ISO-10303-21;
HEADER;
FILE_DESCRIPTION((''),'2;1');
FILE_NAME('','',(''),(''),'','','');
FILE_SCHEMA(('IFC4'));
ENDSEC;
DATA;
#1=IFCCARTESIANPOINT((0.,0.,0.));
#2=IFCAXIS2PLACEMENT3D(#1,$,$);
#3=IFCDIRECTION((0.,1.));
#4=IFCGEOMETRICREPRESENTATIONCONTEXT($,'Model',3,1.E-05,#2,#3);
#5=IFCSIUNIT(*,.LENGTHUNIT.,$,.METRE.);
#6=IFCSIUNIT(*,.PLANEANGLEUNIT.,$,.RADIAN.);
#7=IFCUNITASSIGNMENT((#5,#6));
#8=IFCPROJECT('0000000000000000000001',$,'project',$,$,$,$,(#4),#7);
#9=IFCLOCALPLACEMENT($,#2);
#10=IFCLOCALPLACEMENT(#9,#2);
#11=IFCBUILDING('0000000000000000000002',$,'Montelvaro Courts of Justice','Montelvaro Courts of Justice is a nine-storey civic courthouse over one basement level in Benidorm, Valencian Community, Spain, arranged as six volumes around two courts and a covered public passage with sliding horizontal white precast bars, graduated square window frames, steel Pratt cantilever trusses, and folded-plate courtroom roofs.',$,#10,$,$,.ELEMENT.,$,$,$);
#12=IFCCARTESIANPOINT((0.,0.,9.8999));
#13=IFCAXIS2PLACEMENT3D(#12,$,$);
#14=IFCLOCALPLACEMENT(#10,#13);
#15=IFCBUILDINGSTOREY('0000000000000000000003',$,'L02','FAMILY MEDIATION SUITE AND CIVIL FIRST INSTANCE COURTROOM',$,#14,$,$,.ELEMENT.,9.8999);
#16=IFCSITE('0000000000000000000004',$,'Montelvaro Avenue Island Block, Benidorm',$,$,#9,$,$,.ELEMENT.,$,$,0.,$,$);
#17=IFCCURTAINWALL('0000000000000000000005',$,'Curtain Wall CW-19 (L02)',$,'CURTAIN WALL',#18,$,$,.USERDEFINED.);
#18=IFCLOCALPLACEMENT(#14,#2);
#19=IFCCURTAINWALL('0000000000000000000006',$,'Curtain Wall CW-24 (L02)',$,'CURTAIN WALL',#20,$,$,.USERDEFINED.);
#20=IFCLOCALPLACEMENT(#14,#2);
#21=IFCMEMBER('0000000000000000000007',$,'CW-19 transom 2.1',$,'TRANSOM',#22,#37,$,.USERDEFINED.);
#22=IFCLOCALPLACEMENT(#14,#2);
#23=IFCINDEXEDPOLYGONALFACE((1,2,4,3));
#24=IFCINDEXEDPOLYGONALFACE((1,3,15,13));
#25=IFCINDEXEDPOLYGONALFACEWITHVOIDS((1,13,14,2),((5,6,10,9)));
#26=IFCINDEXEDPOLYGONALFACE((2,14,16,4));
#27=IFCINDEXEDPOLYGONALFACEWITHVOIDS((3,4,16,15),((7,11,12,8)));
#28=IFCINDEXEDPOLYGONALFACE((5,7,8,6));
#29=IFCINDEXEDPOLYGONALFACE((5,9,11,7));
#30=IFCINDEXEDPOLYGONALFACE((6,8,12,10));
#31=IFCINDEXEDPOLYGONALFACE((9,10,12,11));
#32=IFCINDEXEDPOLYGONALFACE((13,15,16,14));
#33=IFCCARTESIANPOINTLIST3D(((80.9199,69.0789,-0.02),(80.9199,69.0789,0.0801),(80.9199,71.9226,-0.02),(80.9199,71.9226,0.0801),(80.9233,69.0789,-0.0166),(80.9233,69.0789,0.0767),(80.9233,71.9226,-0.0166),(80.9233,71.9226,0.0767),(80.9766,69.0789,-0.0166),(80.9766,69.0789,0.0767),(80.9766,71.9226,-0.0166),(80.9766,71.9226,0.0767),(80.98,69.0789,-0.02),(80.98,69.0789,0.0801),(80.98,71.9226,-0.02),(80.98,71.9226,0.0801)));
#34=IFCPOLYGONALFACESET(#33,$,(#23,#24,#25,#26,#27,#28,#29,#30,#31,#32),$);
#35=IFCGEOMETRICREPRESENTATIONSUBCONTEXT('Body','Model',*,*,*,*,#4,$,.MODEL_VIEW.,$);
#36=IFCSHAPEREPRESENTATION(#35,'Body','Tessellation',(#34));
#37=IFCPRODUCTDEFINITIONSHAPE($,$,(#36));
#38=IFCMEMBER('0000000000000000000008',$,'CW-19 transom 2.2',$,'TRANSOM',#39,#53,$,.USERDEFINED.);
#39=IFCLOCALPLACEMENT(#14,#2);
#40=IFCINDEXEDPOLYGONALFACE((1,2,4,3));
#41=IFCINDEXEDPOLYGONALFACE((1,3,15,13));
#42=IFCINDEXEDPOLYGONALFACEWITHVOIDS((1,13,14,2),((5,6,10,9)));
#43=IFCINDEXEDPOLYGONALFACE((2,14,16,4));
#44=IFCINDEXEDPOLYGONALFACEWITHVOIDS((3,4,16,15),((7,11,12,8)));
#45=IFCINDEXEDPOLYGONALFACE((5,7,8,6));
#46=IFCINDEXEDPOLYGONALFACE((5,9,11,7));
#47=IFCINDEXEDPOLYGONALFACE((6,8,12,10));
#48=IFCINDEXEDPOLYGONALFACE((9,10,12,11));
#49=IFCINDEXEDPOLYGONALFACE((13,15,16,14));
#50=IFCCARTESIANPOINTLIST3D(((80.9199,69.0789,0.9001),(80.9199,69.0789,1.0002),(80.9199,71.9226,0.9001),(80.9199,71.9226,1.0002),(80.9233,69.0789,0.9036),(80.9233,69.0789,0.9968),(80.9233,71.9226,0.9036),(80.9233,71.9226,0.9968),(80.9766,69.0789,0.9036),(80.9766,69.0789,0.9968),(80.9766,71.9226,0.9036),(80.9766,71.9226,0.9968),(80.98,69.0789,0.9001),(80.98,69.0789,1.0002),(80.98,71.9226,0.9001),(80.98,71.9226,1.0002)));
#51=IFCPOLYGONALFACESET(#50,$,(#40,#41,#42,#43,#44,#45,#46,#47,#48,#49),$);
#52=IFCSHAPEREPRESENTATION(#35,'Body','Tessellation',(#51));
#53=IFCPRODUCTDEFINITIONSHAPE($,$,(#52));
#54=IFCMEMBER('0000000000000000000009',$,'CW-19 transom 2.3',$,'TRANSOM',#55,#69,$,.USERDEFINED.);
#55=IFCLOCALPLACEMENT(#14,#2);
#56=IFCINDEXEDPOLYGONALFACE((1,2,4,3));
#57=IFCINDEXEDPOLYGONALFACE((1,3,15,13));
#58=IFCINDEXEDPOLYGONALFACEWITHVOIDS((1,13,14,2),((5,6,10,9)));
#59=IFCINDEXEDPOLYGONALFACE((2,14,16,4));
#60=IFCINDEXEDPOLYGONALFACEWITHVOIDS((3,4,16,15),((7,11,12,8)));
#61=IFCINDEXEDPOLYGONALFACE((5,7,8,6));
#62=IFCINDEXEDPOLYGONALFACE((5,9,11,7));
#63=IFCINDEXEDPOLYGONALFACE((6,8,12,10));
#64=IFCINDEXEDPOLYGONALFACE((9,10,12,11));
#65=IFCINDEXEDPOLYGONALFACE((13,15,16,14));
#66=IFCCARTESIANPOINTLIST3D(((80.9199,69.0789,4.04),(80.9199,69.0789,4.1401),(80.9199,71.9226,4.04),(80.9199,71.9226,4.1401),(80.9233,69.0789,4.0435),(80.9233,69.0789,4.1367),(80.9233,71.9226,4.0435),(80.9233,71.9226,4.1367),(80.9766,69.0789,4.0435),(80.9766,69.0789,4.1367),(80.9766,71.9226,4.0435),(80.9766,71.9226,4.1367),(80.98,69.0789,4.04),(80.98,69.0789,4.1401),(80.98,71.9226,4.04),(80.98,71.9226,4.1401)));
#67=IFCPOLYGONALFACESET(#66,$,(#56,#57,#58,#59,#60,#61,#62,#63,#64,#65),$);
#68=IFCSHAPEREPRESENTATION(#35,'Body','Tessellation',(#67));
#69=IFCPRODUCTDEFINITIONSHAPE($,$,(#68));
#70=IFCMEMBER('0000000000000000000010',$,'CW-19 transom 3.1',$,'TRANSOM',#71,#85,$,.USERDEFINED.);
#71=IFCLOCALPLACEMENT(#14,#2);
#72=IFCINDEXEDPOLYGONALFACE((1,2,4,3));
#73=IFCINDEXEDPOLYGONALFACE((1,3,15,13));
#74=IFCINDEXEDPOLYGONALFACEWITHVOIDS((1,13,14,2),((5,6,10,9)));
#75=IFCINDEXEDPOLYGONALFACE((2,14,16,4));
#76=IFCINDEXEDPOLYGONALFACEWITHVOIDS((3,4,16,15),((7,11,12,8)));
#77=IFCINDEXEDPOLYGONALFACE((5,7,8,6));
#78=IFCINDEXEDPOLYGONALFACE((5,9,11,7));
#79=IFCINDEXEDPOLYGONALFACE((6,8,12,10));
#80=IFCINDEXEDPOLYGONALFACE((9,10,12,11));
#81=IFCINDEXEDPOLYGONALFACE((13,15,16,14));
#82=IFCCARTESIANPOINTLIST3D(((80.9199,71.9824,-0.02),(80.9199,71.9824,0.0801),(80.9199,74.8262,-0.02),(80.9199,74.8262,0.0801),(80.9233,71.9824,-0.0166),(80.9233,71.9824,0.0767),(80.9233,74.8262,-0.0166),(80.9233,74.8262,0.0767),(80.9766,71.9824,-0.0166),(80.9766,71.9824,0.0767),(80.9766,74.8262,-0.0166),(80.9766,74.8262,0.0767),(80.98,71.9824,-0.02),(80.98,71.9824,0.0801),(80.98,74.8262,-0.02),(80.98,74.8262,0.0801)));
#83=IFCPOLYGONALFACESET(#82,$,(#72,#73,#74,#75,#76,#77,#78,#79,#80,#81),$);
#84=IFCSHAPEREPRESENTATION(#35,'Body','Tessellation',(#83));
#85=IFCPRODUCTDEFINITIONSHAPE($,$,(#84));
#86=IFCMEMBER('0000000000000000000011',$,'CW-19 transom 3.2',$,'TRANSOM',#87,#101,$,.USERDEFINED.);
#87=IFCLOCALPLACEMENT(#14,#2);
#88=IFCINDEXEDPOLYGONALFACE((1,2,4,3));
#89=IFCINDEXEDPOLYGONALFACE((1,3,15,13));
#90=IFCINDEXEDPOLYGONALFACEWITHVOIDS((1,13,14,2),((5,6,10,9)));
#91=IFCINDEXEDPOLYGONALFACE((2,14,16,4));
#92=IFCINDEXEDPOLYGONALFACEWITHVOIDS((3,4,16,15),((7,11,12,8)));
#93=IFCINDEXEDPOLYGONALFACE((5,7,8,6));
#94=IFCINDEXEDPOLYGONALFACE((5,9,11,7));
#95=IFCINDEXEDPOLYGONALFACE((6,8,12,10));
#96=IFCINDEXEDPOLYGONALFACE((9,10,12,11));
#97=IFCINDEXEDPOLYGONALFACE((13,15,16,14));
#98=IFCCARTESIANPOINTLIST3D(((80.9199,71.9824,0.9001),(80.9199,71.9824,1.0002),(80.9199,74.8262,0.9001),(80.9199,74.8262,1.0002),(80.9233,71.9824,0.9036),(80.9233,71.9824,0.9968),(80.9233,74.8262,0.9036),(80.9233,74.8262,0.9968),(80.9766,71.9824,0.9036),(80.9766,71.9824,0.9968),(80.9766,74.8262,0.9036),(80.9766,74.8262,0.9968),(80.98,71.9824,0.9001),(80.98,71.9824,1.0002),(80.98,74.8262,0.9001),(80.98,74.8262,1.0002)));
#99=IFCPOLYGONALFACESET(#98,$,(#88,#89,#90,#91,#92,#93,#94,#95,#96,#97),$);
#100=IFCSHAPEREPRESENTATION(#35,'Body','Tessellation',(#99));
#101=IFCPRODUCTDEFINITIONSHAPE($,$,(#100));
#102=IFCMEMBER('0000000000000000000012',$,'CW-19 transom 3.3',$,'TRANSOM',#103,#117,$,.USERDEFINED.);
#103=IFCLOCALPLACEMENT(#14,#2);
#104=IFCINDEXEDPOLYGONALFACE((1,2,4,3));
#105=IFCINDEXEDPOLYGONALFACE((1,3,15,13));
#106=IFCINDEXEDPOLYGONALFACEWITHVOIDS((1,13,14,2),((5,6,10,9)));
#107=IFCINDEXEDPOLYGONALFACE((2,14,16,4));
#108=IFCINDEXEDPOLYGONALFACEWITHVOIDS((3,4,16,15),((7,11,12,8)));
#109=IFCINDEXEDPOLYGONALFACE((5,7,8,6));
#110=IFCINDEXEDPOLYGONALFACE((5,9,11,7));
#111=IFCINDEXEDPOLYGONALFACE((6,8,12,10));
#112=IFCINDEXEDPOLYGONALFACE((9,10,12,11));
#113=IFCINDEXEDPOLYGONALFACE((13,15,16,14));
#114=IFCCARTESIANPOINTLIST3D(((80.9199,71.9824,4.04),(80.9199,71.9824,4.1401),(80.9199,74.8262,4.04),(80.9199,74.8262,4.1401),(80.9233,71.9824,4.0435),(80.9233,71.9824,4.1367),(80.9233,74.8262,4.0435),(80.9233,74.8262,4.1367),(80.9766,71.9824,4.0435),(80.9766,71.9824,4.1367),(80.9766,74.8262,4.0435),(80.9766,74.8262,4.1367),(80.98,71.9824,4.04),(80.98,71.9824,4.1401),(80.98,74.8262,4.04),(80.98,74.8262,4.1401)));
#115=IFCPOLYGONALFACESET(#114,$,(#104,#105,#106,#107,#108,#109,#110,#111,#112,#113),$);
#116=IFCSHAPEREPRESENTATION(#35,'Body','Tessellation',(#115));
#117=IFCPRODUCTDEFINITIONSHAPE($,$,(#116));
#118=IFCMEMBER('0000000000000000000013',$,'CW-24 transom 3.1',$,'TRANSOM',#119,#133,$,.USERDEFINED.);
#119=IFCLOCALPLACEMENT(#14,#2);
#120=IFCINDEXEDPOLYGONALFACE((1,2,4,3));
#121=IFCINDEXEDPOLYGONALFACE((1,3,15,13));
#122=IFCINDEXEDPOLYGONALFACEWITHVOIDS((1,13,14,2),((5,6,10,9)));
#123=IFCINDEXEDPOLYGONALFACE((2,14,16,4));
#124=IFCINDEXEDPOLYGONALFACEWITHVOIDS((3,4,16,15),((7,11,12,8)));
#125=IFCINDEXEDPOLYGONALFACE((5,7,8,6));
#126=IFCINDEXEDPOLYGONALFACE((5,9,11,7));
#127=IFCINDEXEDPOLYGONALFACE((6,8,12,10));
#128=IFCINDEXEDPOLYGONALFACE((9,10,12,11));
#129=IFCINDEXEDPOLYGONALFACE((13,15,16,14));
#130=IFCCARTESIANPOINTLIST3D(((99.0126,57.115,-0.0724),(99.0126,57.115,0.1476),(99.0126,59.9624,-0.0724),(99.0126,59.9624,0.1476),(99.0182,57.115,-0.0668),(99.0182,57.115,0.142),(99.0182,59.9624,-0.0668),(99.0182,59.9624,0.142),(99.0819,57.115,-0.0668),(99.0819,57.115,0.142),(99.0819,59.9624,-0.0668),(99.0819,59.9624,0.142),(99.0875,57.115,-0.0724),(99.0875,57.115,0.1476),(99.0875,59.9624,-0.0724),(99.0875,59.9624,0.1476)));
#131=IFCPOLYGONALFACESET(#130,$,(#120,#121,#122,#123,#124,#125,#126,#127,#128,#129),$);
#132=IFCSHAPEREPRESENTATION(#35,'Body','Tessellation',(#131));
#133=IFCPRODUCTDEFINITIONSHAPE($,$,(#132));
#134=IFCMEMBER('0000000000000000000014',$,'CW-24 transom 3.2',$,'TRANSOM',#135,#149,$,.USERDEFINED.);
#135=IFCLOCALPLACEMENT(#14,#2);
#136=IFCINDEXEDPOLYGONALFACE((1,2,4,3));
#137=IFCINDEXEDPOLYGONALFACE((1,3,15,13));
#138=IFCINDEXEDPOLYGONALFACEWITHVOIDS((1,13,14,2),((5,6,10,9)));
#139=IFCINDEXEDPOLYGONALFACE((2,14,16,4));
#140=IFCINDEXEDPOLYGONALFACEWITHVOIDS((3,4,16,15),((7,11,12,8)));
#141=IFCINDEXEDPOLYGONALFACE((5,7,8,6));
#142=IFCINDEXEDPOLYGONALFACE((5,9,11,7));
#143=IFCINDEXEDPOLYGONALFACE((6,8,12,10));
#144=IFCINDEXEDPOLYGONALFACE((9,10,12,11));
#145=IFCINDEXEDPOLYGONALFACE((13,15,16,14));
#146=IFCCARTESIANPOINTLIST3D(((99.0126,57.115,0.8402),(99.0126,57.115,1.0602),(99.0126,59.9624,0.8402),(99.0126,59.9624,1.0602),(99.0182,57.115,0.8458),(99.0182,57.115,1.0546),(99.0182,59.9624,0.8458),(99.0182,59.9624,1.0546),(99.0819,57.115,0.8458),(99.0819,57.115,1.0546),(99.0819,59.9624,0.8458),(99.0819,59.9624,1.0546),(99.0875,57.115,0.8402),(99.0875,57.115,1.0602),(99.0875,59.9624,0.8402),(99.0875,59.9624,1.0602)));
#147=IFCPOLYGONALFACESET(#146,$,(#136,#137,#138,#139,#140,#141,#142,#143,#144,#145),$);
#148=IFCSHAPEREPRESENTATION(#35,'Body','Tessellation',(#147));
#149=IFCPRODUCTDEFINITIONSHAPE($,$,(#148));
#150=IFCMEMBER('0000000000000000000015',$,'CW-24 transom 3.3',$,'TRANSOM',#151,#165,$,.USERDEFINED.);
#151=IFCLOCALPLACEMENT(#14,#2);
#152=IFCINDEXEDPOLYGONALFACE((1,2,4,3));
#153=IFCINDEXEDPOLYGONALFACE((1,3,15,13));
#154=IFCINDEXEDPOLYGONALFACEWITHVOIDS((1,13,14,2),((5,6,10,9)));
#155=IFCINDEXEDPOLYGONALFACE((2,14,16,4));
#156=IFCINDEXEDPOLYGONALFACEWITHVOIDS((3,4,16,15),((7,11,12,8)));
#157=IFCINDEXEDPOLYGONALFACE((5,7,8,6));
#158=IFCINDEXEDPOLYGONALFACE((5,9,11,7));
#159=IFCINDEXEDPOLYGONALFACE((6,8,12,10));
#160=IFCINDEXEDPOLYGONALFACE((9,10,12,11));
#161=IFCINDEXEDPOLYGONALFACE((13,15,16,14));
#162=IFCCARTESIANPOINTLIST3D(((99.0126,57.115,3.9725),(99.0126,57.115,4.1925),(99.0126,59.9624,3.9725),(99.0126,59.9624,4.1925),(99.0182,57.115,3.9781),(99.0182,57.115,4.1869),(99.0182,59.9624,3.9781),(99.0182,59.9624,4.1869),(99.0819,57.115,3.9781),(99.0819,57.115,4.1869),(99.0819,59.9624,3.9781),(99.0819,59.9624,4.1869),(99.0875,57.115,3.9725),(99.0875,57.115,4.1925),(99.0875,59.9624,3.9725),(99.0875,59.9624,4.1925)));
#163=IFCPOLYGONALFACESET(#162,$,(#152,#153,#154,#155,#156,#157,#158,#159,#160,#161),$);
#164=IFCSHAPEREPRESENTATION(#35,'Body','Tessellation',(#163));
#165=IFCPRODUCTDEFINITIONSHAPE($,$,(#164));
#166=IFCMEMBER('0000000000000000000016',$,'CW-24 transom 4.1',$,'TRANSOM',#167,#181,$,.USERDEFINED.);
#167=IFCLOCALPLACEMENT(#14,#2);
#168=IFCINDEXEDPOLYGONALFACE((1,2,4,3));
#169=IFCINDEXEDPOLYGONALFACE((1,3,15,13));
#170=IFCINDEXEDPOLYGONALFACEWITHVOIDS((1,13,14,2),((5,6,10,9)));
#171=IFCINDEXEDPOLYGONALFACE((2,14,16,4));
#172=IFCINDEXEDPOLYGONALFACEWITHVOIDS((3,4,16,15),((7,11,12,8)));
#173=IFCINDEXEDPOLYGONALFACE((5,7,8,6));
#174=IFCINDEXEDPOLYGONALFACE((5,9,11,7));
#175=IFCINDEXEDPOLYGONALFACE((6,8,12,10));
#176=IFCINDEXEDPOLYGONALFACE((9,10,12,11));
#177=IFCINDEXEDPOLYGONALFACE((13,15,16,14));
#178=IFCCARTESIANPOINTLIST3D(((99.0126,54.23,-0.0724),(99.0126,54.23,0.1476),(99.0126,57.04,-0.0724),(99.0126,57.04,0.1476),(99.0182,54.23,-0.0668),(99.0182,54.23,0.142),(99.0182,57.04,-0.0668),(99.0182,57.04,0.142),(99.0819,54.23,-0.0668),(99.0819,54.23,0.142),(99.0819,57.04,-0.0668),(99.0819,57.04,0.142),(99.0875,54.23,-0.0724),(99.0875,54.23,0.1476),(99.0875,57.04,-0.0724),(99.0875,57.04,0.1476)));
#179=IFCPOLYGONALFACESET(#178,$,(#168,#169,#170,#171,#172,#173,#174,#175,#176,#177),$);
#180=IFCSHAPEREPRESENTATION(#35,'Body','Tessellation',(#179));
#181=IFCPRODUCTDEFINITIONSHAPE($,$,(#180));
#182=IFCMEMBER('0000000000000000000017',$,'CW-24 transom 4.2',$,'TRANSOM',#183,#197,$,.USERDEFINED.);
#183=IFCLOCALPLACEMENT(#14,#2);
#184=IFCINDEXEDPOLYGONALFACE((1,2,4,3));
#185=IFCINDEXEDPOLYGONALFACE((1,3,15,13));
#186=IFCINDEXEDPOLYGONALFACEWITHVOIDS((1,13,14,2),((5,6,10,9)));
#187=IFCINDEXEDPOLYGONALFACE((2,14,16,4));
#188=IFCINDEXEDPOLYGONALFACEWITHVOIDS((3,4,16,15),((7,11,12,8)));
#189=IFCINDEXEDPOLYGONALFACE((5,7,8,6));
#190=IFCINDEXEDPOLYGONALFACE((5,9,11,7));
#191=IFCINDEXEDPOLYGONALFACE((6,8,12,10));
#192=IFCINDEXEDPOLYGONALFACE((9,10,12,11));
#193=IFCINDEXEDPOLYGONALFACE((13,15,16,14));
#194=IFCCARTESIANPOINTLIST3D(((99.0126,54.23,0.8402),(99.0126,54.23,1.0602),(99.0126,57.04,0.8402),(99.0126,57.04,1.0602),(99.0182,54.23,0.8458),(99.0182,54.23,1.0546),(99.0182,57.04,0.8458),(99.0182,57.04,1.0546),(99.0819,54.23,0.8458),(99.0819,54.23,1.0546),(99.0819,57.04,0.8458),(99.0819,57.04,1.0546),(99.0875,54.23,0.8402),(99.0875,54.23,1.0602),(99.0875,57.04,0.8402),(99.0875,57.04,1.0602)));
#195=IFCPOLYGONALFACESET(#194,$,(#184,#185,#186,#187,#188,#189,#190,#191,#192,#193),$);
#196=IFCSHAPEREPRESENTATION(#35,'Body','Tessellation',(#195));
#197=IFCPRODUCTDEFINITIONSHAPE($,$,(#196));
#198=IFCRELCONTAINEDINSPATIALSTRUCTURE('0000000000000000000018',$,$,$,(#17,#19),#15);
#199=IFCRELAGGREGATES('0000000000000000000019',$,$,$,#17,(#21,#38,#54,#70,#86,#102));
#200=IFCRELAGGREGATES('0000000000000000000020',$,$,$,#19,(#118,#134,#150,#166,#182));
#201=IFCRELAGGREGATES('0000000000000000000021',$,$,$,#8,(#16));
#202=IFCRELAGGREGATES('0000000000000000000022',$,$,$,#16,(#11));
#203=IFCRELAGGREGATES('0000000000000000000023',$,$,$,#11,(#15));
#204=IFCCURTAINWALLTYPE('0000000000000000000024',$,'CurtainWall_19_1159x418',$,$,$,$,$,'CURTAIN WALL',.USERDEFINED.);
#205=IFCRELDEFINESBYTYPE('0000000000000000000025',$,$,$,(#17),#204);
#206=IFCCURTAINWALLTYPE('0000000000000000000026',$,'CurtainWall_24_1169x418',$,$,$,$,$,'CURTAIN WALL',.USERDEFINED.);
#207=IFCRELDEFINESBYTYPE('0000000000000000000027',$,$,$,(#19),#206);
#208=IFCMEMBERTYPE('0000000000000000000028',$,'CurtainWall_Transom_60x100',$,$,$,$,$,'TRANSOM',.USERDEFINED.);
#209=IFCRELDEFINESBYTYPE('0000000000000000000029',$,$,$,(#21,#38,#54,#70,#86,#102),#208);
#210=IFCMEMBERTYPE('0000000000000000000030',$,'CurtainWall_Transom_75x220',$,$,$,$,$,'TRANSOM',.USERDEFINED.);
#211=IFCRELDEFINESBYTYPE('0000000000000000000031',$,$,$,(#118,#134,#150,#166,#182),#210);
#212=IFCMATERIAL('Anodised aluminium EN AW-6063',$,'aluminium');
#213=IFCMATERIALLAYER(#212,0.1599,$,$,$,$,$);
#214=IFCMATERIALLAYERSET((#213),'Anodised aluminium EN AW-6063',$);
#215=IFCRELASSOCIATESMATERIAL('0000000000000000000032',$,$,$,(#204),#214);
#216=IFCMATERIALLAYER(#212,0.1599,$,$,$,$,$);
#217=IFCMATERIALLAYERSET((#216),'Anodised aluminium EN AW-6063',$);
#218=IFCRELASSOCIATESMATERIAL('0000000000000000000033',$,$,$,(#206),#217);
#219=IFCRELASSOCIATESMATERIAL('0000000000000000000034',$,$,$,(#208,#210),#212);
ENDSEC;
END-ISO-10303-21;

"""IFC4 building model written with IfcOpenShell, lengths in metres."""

from ifc_helpers import new_model, si_unit, direction, frame, origin, origin_2d, place, context, subcontext, project, spatial, hollow_rectangle, extrude, material, layer, layer_set, material_profile, profile_set, type_object, element, aggregate, save


model = new_model("IFC4")

# Units and contexts
model_context = context("Model", 3, precision=1e-05, world=origin(), true_north=direction((0.0, 1.0)))
body_context = subcontext(model_context, "Body", "Model", "MODEL_VIEW")
ifc_project = project(units=[si_unit("LENGTHUNIT", "METRE"), si_unit("PLANEANGLEUNIT", "RADIAN")], contexts=[model_context])

# Site, building, storey
site_placement = place(None, origin())
site = spatial("IfcSite", under=ifc_project, at=site_placement, Name="Montelvaro Avenue Island Block, Benidorm", CompositionType="ELEMENT", RefElevation=0.0)
building_placement = place(site_placement, origin())
building = spatial("IfcBuilding", under=site, at=building_placement, Name="Montelvaro Courts of Justice", Description="Montelvaro Courts of Justice is a nine-storey civic courthouse over one basement level in Benidorm, Valencian Community, Spain, arranged as six volumes around two courts and a covered public passage with sliding horizontal white precast bars, graduated square window frames, steel Pratt cantilever trusses, and folded-plate courtroom roofs.", CompositionType="ELEMENT")
storey_placement = place(building_placement, frame((0.0, 0.0, 9.8999)))
storey = spatial("IfcBuildingStorey", under=building, at=storey_placement, Name="L02", Description="FAMILY MEDIATION SUITE AND CIVIL FIRST INSTANCE COURTROOM", CompositionType="ELEMENT", Elevation=9.8999)

# Curtain walls
ifc_material_1 = material(Name="Anodised aluminium EN AW-6063", Category="aluminium")
ifc_layer_1 = layer(ifc_material_1, 0.1599)
ifc_layer_set_1 = layer_set([ifc_layer_1], Name="Anodised aluminium EN AW-6063")
curtain_wall_type_1 = type_object("IfcCurtainWallType", Name="CurtainWall_19_1159x418", ElementType="CURTAIN WALL", PredefinedType="USERDEFINED", material=ifc_layer_set_1)
curtain_wall_1_placement = place(storey_placement, origin())
curtain_wall_1 = element("IfcCurtainWall", 1, at=curtain_wall_1_placement, inside=storey, type_object=curtain_wall_type_1, Name="Curtain Wall CW-19 (L02)", ObjectType="CURTAIN WALL", PredefinedType="USERDEFINED")
ifc_layer_2 = layer(ifc_material_1, 0.1599)
ifc_layer_set_2 = layer_set([ifc_layer_2], Name="Anodised aluminium EN AW-6063")
curtain_wall_type_2 = type_object("IfcCurtainWallType", Name="CurtainWall_24_1169x418", ElementType="CURTAIN WALL", PredefinedType="USERDEFINED", material=ifc_layer_set_2)
curtain_wall_2_placement = place(storey_placement, origin())
curtain_wall_2 = element("IfcCurtainWall", 2, at=curtain_wall_2_placement, inside=storey, type_object=curtain_wall_type_2, Name="Curtain Wall CW-24 (L02)", ObjectType="CURTAIN WALL", PredefinedType="USERDEFINED")

# Members
ifc_material_profile_1 = material_profile(ifc_material_1, hollow_rectangle(XDim=0.0601, YDim=0.1001, WallThickness=0.0034, at=origin_2d()), Name="ALU-T 60x100")
ifc_profile_set_1 = profile_set([ifc_material_profile_1], Name="Anodised aluminium EN AW-6063")
member_type_1 = type_object("IfcMemberType", Name="CurtainWall_Transom_60x100", ElementType="TRANSOM", PredefinedType="USERDEFINED", material=ifc_profile_set_1)
member_1_placement = place(storey_placement, frame((80.95, 69.0789, 0.03), z_axis=(0.0, 1.0, 0.0), x_axis=(-1.0, 0.0, 0.0)))
member_1 = element("IfcMember", 3, at=member_1_placement, type_object=member_type_1, Name="CW-19 transom 2.1", ObjectType="TRANSOM", PredefinedType="USERDEFINED", context=body_context, shape_type="SweptSolid", body=[
    extrude(hollow_rectangle(XDim=0.0601, YDim=0.1001, WallThickness=0.0034, at=origin_2d()), origin(), (0.0, 0.0, 1.0), 2.8438),
])
member_2_placement = place(storey_placement, frame((80.95, 69.0789, 0.9502), z_axis=(0.0, 1.0, 0.0), x_axis=(-1.0, 0.0, 0.0)))
member_2 = element("IfcMember", 4, at=member_2_placement, type_object=member_type_1, Name="CW-19 transom 2.2", ObjectType="TRANSOM", PredefinedType="USERDEFINED", context=body_context, shape_type="SweptSolid", body=[
    extrude(hollow_rectangle(XDim=0.0601, YDim=0.1001, WallThickness=0.0034, at=origin_2d()), origin(), (0.0, 0.0, 1.0), 2.8438),
])
member_3_placement = place(storey_placement, frame((80.95, 69.0789, 4.0901), z_axis=(0.0, 1.0, 0.0), x_axis=(-1.0, 0.0, 0.0)))
member_3 = element("IfcMember", 5, at=member_3_placement, type_object=member_type_1, Name="CW-19 transom 2.3", ObjectType="TRANSOM", PredefinedType="USERDEFINED", context=body_context, shape_type="SweptSolid", body=[
    extrude(hollow_rectangle(XDim=0.0601, YDim=0.1001, WallThickness=0.0034, at=origin_2d()), origin(), (0.0, 0.0, 1.0), 2.8438),
])
member_4_placement = place(storey_placement, frame((80.95, 71.9824, 0.03), z_axis=(0.0, 1.0, 0.0), x_axis=(-1.0, 0.0, 0.0)))
member_4 = element("IfcMember", 6, at=member_4_placement, type_object=member_type_1, Name="CW-19 transom 3.1", ObjectType="TRANSOM", PredefinedType="USERDEFINED", context=body_context, shape_type="SweptSolid", body=[
    extrude(hollow_rectangle(XDim=0.0601, YDim=0.1001, WallThickness=0.0034, at=origin_2d()), origin(), (0.0, 0.0, 1.0), 2.8438),
])
member_5_placement = place(storey_placement, frame((80.95, 71.9824, 0.9502), z_axis=(0.0, 1.0, 0.0), x_axis=(-1.0, 0.0, 0.0)))
member_5 = element("IfcMember", 7, at=member_5_placement, type_object=member_type_1, Name="CW-19 transom 3.2", ObjectType="TRANSOM", PredefinedType="USERDEFINED", context=body_context, shape_type="SweptSolid", body=[
    extrude(hollow_rectangle(XDim=0.0601, YDim=0.1001, WallThickness=0.0034, at=origin_2d()), origin(), (0.0, 0.0, 1.0), 2.8438),
])
member_6_placement = place(storey_placement, frame((80.95, 71.9824, 4.0901), z_axis=(0.0, 1.0, 0.0), x_axis=(-1.0, 0.0, 0.0)))
member_6 = element("IfcMember", 8, at=member_6_placement, type_object=member_type_1, Name="CW-19 transom 3.3", ObjectType="TRANSOM", PredefinedType="USERDEFINED", context=body_context, shape_type="SweptSolid", body=[
    extrude(hollow_rectangle(XDim=0.0601, YDim=0.1001, WallThickness=0.0034, at=origin_2d()), origin(), (0.0, 0.0, 1.0), 2.8438),
])
ifc_material_profile_2 = material_profile(ifc_material_1, hollow_rectangle(XDim=0.075, YDim=0.22, WallThickness=0.0056, at=origin_2d()), Name="ALU-T 75x220")
ifc_profile_set_2 = profile_set([ifc_material_profile_2], Name="Anodised aluminium EN AW-6063")
member_type_2 = type_object("IfcMemberType", Name="CurtainWall_Transom_75x220", ElementType="TRANSOM", PredefinedType="USERDEFINED", material=ifc_profile_set_2)
member_7_placement = place(storey_placement, frame((99.05, 59.9624, 0.0376), z_axis=(0.0, -1.0, 0.0), x_axis=(1.0, 0.0, 0.0)))
member_7 = element("IfcMember", 9, at=member_7_placement, type_object=member_type_2, Name="CW-24 transom 3.1", ObjectType="TRANSOM", PredefinedType="USERDEFINED", context=body_context, shape_type="SweptSolid", body=[
    extrude(hollow_rectangle(XDim=0.075, YDim=0.22, WallThickness=0.0056, at=origin_2d()), origin(), (0.0, 0.0, 1.0), 2.8474),
])
member_8_placement = place(storey_placement, frame((99.05, 59.9624, 0.9502), z_axis=(0.0, -1.0, 0.0), x_axis=(1.0, 0.0, 0.0)))
member_8 = element("IfcMember", 10, at=member_8_placement, type_object=member_type_2, Name="CW-24 transom 3.2", ObjectType="TRANSOM", PredefinedType="USERDEFINED", context=body_context, shape_type="SweptSolid", body=[
    extrude(hollow_rectangle(XDim=0.075, YDim=0.22, WallThickness=0.0056, at=origin_2d()), origin(), (0.0, 0.0, 1.0), 2.8474),
])
member_9_placement = place(storey_placement, frame((99.05, 59.9624, 4.0825), z_axis=(0.0, -1.0, 0.0), x_axis=(1.0, 0.0, 0.0)))
member_9 = element("IfcMember", 11, at=member_9_placement, type_object=member_type_2, Name="CW-24 transom 3.3", ObjectType="TRANSOM", PredefinedType="USERDEFINED", context=body_context, shape_type="SweptSolid", body=[
    extrude(hollow_rectangle(XDim=0.075, YDim=0.22, WallThickness=0.0056, at=origin_2d()), origin(), (0.0, 0.0, 1.0), 2.8474),
])
member_10_placement = place(storey_placement, frame((99.05, 57.04, 0.0376), z_axis=(0.0, -1.0, 0.0), x_axis=(1.0, 0.0, 0.0)))
member_10 = element("IfcMember", 12, at=member_10_placement, type_object=member_type_2, Name="CW-24 transom 4.1", ObjectType="TRANSOM", PredefinedType="USERDEFINED", context=body_context, shape_type="SweptSolid", body=[
    extrude(hollow_rectangle(XDim=0.075, YDim=0.22, WallThickness=0.0056, at=origin_2d()), origin(), (0.0, 0.0, 1.0), 2.8101),
])
member_11_placement = place(storey_placement, frame((99.05, 57.04, 0.9502), z_axis=(0.0, -1.0, 0.0), x_axis=(1.0, 0.0, 0.0)))
member_11 = element("IfcMember", 13, at=member_11_placement, type_object=member_type_2, Name="CW-24 transom 4.2", ObjectType="TRANSOM", PredefinedType="USERDEFINED", context=body_context, shape_type="SweptSolid", body=[
    extrude(hollow_rectangle(XDim=0.075, YDim=0.22, WallThickness=0.0056, at=origin_2d()), origin(), (0.0, 0.0, 1.0), 2.8101),
])

aggregate(curtain_wall_1, [member_1, member_2, member_3, member_4, member_5, member_6])
aggregate(curtain_wall_2, [member_7, member_8, member_9, member_10, member_11])

save(model, "model.ifc")
